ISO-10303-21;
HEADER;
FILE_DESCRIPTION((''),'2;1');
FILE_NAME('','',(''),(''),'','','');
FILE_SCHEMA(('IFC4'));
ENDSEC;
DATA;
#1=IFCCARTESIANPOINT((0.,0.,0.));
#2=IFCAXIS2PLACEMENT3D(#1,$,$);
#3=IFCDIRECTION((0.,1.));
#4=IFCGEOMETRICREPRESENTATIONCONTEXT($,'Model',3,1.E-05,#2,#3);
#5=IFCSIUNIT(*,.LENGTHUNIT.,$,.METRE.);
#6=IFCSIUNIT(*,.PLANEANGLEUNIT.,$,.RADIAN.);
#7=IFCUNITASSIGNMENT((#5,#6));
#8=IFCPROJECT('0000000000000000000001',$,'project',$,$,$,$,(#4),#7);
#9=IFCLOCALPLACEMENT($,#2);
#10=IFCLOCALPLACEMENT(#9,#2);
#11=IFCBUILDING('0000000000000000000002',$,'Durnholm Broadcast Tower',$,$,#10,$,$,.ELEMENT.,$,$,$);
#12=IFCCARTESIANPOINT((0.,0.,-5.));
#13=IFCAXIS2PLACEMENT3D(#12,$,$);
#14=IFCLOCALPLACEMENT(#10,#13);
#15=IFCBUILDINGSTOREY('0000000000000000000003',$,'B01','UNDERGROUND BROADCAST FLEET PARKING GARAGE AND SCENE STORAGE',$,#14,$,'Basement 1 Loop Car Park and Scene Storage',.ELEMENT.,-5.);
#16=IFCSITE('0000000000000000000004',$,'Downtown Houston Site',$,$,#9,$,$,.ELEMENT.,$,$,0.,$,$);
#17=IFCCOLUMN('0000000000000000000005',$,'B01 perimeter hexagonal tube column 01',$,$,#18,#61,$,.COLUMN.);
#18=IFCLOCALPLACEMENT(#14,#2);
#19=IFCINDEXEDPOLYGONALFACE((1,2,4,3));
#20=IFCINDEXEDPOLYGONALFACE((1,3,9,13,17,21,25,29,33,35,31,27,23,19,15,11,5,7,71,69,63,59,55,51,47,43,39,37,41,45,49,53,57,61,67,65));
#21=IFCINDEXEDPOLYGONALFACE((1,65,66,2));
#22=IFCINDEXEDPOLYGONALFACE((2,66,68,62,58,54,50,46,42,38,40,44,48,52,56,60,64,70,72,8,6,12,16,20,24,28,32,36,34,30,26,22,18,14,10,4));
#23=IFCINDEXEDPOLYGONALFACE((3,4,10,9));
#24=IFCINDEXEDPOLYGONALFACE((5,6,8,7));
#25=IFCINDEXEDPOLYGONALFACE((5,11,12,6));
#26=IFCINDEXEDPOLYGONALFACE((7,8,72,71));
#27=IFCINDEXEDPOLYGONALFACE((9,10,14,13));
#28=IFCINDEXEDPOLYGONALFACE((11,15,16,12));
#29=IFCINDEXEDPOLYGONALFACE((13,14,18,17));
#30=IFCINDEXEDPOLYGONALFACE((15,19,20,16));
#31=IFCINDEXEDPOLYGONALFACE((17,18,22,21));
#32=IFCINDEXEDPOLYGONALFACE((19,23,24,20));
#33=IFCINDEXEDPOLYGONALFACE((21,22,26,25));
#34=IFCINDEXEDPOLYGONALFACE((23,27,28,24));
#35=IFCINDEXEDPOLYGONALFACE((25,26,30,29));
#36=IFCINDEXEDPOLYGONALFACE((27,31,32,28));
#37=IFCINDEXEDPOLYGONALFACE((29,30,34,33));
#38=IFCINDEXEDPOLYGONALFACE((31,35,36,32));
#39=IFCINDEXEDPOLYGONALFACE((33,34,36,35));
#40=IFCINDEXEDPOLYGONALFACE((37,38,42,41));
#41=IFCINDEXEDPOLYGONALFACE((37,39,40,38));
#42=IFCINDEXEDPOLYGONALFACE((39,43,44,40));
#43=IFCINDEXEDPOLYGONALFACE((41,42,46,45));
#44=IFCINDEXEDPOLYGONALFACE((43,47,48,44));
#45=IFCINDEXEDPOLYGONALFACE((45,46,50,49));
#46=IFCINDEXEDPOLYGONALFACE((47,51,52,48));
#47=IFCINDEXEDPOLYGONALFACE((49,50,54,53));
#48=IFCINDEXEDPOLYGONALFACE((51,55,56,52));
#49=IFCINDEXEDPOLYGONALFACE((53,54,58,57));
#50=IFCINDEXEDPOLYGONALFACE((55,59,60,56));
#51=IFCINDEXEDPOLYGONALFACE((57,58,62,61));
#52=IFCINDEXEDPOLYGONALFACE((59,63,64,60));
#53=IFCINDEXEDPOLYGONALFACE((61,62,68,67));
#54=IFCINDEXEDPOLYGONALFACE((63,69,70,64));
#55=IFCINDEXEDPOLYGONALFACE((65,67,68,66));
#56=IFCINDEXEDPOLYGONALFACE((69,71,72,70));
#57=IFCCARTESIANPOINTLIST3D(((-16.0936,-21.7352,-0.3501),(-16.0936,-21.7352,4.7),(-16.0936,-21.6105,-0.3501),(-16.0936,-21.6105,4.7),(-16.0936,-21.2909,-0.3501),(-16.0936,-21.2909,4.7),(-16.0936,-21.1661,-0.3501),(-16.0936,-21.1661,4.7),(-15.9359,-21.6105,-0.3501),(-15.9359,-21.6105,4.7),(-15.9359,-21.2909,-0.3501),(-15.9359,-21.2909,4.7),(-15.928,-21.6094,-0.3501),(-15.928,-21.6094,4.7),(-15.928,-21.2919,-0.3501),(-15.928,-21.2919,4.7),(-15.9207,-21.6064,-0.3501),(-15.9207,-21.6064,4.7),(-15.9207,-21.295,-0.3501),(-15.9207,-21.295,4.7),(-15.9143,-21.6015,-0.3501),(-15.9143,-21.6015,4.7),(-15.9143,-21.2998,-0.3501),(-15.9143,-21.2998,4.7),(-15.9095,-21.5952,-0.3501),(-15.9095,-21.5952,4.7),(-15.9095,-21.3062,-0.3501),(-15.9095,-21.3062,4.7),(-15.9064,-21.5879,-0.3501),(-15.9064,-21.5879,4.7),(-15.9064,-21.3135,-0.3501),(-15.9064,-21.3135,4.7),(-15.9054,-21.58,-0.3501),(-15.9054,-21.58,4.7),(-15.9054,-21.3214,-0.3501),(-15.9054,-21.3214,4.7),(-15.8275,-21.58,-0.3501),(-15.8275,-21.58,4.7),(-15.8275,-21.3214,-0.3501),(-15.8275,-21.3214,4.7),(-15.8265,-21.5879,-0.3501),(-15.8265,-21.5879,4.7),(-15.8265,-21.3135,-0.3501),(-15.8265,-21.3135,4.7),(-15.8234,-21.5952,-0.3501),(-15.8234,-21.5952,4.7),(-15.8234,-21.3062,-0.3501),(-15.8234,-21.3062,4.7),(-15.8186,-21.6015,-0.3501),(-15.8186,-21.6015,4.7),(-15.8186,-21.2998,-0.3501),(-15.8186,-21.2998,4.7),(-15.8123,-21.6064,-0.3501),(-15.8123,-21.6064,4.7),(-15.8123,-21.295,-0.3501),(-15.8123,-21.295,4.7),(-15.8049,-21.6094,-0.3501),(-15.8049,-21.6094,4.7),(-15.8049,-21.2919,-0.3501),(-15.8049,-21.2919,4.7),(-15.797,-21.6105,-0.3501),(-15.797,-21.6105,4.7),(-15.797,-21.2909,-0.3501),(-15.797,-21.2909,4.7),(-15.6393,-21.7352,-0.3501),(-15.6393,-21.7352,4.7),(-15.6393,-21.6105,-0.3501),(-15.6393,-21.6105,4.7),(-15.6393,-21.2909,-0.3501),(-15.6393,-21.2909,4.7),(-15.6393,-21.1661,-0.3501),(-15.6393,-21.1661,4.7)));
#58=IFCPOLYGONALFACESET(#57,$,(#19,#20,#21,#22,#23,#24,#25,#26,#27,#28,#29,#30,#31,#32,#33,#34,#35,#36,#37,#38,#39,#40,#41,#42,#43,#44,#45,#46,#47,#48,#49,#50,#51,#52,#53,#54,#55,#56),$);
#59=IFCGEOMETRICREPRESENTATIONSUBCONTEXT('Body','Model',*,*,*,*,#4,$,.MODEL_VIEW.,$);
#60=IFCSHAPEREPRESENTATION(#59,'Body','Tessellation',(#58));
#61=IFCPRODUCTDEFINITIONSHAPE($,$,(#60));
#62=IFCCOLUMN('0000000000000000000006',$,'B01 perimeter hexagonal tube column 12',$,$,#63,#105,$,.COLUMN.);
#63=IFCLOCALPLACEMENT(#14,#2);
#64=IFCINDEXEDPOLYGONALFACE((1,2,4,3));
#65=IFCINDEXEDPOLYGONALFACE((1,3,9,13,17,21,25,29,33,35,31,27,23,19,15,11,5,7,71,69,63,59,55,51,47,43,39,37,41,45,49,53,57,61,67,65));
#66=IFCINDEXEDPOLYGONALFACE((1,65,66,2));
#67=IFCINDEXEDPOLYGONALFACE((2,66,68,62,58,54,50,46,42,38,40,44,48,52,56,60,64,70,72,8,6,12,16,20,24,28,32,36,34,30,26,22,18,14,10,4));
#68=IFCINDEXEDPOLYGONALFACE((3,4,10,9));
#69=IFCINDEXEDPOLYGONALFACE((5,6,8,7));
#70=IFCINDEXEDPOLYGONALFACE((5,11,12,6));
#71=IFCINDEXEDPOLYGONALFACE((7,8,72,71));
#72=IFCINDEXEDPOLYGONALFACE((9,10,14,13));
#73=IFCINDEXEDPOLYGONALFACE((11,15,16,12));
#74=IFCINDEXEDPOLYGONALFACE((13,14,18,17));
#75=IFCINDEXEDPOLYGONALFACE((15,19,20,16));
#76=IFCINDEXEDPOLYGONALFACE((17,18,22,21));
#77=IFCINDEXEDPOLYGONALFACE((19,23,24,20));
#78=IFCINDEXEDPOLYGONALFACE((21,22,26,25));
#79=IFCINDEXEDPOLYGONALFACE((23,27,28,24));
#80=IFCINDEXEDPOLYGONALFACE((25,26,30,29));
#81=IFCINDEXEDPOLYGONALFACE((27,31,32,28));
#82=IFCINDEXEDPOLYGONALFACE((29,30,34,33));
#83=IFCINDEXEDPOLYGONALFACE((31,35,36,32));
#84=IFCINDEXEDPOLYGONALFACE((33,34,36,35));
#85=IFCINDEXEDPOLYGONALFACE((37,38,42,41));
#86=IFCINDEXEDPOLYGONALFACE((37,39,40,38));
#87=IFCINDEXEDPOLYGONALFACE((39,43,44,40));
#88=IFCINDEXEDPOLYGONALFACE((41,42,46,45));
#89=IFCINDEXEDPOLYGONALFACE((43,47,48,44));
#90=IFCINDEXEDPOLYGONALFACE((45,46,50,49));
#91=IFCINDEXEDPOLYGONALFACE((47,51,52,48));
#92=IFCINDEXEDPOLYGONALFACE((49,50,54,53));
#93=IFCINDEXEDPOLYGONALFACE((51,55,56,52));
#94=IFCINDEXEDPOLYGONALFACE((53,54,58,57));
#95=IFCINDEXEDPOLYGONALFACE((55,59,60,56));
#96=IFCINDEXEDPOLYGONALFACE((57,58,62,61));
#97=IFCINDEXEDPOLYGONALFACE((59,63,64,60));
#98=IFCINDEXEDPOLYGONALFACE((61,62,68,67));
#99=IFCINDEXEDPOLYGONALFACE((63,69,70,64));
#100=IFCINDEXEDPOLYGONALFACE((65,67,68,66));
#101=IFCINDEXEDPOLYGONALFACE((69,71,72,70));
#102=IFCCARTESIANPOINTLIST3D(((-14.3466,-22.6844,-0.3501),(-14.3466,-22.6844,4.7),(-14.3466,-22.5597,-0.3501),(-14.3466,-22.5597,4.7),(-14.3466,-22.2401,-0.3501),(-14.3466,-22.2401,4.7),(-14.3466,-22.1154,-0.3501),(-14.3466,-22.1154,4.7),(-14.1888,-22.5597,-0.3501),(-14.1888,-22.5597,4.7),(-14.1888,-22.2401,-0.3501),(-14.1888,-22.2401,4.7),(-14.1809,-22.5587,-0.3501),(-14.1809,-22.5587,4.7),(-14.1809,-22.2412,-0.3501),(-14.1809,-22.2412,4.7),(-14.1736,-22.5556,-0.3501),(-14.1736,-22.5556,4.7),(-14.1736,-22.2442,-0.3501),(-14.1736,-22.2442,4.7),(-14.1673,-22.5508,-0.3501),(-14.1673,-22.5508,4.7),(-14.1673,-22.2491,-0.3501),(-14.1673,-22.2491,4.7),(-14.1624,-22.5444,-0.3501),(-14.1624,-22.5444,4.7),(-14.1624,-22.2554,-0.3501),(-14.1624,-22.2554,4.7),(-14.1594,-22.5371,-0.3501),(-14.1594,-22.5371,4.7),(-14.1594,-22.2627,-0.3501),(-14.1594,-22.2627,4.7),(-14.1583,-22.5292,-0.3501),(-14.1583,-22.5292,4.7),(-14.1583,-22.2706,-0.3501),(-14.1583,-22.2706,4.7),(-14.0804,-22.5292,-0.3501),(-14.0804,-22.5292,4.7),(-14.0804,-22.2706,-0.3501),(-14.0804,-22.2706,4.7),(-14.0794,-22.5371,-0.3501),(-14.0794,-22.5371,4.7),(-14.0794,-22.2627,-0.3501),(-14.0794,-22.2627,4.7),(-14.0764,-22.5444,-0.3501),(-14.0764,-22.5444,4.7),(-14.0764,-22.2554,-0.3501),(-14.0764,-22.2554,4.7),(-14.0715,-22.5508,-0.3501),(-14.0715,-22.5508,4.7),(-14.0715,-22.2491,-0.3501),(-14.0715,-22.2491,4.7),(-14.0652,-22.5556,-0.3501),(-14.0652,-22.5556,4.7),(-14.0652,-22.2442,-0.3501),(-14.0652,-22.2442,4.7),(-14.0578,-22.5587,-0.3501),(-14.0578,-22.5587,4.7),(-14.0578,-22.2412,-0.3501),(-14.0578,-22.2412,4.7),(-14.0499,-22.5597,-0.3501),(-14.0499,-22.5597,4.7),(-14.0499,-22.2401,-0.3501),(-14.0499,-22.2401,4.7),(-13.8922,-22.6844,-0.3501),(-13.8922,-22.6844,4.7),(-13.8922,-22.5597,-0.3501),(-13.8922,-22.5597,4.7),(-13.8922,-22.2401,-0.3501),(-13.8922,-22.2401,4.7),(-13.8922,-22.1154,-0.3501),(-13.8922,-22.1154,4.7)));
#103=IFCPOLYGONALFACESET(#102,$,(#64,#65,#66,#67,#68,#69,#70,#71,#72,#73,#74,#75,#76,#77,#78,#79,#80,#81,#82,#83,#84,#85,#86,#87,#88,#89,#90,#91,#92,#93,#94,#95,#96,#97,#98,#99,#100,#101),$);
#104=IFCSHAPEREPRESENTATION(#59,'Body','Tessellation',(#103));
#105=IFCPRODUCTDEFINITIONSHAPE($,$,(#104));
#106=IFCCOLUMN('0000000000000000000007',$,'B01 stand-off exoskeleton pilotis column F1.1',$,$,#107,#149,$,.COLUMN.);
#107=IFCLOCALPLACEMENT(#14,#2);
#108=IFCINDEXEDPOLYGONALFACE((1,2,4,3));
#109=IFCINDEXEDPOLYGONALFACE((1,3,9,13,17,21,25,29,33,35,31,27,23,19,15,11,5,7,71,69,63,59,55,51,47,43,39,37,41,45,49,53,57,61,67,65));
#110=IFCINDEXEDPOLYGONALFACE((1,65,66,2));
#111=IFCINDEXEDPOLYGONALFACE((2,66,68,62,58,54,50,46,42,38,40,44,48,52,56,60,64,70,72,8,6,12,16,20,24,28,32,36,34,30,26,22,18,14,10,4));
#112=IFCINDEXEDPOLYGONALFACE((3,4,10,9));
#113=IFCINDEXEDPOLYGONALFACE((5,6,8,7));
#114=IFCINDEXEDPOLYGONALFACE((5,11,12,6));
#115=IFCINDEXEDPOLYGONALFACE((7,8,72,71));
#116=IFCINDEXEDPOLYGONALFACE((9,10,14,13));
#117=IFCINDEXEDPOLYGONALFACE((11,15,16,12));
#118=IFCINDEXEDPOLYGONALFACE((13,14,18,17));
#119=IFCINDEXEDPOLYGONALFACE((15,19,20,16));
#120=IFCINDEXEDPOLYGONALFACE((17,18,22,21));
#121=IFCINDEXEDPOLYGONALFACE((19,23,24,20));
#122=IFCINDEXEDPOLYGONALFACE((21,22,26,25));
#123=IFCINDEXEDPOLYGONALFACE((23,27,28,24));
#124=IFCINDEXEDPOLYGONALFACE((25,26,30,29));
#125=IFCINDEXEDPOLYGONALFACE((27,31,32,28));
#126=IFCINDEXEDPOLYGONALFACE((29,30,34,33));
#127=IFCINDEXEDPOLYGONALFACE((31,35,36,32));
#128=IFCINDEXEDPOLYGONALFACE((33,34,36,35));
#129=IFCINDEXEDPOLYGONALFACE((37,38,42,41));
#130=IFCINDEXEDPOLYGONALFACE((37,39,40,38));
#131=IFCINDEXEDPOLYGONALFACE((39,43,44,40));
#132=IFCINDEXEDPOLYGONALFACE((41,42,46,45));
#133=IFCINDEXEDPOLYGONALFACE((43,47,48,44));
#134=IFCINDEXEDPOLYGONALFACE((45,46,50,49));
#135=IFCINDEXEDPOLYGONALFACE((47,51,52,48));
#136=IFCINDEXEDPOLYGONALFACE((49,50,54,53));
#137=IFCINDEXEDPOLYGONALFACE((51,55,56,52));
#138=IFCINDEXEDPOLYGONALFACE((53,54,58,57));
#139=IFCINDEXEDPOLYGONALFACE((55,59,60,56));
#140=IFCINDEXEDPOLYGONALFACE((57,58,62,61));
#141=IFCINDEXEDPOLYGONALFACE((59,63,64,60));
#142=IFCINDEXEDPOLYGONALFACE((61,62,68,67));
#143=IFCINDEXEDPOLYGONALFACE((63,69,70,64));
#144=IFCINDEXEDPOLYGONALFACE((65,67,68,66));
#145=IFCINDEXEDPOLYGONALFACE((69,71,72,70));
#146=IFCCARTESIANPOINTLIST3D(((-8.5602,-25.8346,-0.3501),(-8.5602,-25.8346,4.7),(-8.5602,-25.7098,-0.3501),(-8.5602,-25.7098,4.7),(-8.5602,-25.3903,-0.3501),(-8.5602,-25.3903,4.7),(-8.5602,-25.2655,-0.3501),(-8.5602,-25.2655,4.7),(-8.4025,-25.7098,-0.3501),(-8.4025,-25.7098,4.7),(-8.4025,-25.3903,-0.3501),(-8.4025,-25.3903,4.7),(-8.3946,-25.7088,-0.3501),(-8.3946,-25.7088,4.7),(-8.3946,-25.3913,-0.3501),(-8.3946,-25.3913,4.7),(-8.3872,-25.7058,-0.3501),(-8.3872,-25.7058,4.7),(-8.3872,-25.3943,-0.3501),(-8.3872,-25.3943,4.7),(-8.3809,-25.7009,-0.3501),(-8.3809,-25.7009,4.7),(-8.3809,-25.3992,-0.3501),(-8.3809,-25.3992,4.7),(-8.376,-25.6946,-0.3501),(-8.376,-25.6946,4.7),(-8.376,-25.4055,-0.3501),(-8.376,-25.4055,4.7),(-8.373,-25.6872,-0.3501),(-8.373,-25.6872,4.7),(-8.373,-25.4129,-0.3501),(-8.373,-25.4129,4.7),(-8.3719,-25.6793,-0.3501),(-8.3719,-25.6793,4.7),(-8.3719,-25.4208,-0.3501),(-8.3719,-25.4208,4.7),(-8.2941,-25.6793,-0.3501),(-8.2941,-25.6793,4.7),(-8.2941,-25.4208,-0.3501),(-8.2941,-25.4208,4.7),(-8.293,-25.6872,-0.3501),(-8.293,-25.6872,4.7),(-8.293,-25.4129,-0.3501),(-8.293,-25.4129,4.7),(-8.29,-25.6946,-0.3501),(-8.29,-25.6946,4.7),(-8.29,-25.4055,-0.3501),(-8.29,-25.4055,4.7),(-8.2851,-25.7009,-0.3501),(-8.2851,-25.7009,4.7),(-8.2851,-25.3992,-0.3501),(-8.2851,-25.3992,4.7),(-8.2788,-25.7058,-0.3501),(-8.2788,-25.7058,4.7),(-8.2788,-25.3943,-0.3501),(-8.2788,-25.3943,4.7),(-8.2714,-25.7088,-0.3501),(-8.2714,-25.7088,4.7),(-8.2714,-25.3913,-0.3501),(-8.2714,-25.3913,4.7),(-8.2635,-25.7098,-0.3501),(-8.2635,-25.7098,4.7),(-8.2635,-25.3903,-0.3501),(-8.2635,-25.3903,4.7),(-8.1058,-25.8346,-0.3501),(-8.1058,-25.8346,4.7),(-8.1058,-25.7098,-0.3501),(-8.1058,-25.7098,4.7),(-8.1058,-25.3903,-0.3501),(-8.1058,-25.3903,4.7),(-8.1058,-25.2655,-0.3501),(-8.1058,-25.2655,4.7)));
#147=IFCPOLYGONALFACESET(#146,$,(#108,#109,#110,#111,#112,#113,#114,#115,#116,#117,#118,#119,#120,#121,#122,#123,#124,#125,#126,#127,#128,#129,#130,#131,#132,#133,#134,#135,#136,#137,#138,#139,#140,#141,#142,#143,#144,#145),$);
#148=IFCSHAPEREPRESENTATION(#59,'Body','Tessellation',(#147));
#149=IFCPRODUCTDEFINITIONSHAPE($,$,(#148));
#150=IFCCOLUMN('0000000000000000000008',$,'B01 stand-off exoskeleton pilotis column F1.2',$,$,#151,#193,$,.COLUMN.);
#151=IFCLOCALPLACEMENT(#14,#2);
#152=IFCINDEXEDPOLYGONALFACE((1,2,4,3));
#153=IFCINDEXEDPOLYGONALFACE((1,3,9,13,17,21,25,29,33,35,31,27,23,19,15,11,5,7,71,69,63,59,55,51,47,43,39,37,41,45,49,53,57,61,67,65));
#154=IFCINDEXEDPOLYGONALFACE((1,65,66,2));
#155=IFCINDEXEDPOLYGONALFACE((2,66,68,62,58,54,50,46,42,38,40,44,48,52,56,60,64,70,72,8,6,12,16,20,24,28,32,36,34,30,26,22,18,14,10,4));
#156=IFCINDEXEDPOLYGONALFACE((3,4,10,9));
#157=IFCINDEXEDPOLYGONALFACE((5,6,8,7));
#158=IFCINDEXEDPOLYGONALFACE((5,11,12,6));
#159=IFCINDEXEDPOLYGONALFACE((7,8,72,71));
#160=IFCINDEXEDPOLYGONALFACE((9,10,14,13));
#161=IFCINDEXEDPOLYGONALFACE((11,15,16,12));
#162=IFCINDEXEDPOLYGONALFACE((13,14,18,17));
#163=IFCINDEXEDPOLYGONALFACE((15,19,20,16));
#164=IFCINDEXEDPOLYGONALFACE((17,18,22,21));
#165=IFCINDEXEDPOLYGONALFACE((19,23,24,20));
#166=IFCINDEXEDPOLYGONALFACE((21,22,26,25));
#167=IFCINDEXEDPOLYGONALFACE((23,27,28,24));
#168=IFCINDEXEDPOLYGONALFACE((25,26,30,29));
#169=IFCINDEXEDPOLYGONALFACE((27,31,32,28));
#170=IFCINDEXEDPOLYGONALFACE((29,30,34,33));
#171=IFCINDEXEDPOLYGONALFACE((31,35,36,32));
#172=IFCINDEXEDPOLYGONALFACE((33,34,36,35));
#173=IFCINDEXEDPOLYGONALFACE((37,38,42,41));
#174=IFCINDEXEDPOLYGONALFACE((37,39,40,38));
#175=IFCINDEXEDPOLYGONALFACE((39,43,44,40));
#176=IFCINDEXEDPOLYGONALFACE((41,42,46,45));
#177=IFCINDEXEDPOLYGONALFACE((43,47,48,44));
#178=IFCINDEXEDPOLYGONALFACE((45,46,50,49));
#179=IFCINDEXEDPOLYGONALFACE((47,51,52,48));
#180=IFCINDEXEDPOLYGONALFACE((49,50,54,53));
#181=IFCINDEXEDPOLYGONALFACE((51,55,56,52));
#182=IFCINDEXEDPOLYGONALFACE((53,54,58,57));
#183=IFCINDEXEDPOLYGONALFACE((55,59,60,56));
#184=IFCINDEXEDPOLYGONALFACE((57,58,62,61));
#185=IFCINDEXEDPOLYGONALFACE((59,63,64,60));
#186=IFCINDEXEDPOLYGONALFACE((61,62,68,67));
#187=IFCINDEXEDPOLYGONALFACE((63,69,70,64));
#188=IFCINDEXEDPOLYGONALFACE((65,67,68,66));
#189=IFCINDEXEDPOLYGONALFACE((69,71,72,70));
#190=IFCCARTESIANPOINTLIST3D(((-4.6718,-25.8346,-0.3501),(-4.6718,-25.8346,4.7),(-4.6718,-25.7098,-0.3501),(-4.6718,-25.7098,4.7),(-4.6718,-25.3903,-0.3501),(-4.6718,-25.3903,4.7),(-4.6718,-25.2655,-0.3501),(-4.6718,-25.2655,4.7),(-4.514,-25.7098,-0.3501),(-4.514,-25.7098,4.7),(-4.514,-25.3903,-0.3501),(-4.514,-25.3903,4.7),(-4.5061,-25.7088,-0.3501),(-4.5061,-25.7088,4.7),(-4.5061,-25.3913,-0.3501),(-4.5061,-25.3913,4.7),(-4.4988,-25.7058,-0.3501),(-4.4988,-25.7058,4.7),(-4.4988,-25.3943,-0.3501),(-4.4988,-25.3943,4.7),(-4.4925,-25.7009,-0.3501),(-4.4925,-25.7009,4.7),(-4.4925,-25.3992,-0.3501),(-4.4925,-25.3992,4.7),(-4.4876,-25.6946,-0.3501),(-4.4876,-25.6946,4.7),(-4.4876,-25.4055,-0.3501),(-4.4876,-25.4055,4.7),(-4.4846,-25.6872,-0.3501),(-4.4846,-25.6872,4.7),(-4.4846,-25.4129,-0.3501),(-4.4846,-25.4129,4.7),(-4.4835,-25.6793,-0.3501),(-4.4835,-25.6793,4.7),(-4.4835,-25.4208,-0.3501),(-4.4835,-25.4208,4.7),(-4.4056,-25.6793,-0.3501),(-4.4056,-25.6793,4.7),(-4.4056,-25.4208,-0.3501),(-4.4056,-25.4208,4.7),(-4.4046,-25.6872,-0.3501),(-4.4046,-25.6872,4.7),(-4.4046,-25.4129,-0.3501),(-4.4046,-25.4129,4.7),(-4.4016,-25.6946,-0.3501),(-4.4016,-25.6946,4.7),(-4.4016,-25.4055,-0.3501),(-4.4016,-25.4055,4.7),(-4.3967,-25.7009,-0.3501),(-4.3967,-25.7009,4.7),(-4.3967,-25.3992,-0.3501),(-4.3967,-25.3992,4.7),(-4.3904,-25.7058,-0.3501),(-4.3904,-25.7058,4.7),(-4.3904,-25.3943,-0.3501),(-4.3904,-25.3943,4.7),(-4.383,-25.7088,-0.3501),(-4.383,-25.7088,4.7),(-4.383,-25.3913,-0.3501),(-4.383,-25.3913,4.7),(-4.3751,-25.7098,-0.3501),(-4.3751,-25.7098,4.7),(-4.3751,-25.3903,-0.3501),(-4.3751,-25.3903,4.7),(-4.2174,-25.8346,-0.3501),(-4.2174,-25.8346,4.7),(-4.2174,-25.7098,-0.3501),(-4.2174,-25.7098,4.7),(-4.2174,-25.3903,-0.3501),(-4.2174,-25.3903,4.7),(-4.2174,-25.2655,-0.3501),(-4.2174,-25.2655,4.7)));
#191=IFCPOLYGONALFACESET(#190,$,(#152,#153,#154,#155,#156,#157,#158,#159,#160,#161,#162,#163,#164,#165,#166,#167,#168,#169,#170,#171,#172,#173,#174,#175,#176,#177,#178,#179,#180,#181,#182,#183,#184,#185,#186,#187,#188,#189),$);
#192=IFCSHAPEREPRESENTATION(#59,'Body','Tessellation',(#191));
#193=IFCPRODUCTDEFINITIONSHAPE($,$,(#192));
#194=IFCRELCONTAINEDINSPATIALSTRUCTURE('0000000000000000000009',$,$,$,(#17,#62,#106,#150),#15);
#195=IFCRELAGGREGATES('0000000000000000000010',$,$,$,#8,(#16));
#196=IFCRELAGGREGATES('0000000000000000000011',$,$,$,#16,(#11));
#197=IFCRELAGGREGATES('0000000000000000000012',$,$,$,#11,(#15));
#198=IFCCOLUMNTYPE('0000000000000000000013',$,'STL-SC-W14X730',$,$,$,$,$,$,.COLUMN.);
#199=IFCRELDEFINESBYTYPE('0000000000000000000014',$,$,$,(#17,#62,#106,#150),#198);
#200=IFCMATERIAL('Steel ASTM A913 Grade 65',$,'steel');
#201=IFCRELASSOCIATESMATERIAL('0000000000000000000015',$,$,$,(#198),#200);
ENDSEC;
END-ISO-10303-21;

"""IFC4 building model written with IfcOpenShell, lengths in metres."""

from ifc_helpers import new_model, si_unit, direction, frame, origin, origin_2d, place, context, subcontext, project, spatial, i_section, extrude, source, transform, mapped, material, material_profile, profile_set, type_object, type_shapes, element, save


model = new_model("IFC4")

# Units and contexts
model_context = context("Model", 3, precision=1e-05, world=origin(), true_north=direction((0.0, 1.0)))
body_context = subcontext(model_context, "Body", "Model", "MODEL_VIEW")
ifc_project = project(units=[si_unit("LENGTHUNIT", "METRE"), si_unit("PLANEANGLEUNIT", "RADIAN")], contexts=[model_context])

# Site, building, storey
site_placement = place(None, origin())
site = spatial("IfcSite", under=ifc_project, at=site_placement, Name="Downtown Houston Site", CompositionType="ELEMENT", RefElevation=0.0)
building_placement = place(site_placement, origin())
building = spatial("IfcBuilding", under=site, at=building_placement, Name="Durnholm Broadcast Tower", CompositionType="ELEMENT")
storey_placement = place(building_placement, frame((0.0, 0.0, -5.0)))
storey = spatial("IfcBuildingStorey", under=building, at=storey_placement, Name="B01", Description="UNDERGROUND BROADCAST FLEET PARKING GARAGE AND SCENE STORAGE", LongName="Basement 1 Loop Car Park and Scene Storage", CompositionType="ELEMENT", Elevation=-5.0)

# Columns
ifc_material_1 = material(Name="Steel ASTM A913 Grade 65", Category="steel")
ifc_material_profile_1 = material_profile(ifc_material_1, i_section(OverallWidth=0.4543, OverallDepth=0.5691, WebThickness=0.0779, FlangeThickness=0.1248, FilletRadius=0.0305, at=origin_2d()), Name="W14X730")
ifc_profile_set_1 = profile_set([ifc_material_profile_1], Name="Steel ASTM A913 Grade 65")
column_type = type_object("IfcColumnType", Name="STL-SC-W14X730", PredefinedType="COLUMN", material=ifc_profile_set_1)
shared_shape_1 = source(origin(), body_context, "Body", "SweptSolid", [
    extrude(i_section(OverallWidth=0.4543, OverallDepth=0.5691, WebThickness=0.0779, FlangeThickness=0.1248, FilletRadius=0.0305, at=origin_2d()), origin(), (0.0, 0.0, 1.0), 5.05),
])
type_shapes(column_type, [shared_shape_1])
for number, where, z_axis, x_axis, name in (
    (1, (-15.8665, -21.4507, -0.3501), (0.0, 0.0, 1.0), (1.0, 0.0, 0.0), "B01 perimeter hexagonal tube column 01"),
    (2, (-14.1194, -22.3999, -0.3501), (0.0, 0.0, 1.0), (1.0, 0.0, 0.0), "B01 perimeter hexagonal tube column 12"),
    (3, (-8.333, -25.55, -0.3501), (0.0, 0.0, 1.0), (1.0, 0.0, 0.0), "B01 stand-off exoskeleton pilotis column F1.1"),
    (4, (-4.4446, -25.55, -0.3501), (0.0, 0.0, 1.0), (1.0, 0.0, 0.0), "B01 stand-off exoskeleton pilotis column F1.2"),
):
    element("IfcColumn", number, at=place(storey_placement, frame(where, z_axis=z_axis, x_axis=x_axis)), inside=storey, type_object=column_type, Name=name, PredefinedType="COLUMN", context=body_context, shape_type="MappedRepresentation", body=[
        mapped(shared_shape_1, transform((0.0, 0.0, 0.0), x_axis=(1.0, 0.0, 0.0), y_axis=(0.0, 1.0, 0.0), z_axis=(0.0, 0.0, 1.0), scale=1.0)),
    ])

save(model, "model.ifc")
